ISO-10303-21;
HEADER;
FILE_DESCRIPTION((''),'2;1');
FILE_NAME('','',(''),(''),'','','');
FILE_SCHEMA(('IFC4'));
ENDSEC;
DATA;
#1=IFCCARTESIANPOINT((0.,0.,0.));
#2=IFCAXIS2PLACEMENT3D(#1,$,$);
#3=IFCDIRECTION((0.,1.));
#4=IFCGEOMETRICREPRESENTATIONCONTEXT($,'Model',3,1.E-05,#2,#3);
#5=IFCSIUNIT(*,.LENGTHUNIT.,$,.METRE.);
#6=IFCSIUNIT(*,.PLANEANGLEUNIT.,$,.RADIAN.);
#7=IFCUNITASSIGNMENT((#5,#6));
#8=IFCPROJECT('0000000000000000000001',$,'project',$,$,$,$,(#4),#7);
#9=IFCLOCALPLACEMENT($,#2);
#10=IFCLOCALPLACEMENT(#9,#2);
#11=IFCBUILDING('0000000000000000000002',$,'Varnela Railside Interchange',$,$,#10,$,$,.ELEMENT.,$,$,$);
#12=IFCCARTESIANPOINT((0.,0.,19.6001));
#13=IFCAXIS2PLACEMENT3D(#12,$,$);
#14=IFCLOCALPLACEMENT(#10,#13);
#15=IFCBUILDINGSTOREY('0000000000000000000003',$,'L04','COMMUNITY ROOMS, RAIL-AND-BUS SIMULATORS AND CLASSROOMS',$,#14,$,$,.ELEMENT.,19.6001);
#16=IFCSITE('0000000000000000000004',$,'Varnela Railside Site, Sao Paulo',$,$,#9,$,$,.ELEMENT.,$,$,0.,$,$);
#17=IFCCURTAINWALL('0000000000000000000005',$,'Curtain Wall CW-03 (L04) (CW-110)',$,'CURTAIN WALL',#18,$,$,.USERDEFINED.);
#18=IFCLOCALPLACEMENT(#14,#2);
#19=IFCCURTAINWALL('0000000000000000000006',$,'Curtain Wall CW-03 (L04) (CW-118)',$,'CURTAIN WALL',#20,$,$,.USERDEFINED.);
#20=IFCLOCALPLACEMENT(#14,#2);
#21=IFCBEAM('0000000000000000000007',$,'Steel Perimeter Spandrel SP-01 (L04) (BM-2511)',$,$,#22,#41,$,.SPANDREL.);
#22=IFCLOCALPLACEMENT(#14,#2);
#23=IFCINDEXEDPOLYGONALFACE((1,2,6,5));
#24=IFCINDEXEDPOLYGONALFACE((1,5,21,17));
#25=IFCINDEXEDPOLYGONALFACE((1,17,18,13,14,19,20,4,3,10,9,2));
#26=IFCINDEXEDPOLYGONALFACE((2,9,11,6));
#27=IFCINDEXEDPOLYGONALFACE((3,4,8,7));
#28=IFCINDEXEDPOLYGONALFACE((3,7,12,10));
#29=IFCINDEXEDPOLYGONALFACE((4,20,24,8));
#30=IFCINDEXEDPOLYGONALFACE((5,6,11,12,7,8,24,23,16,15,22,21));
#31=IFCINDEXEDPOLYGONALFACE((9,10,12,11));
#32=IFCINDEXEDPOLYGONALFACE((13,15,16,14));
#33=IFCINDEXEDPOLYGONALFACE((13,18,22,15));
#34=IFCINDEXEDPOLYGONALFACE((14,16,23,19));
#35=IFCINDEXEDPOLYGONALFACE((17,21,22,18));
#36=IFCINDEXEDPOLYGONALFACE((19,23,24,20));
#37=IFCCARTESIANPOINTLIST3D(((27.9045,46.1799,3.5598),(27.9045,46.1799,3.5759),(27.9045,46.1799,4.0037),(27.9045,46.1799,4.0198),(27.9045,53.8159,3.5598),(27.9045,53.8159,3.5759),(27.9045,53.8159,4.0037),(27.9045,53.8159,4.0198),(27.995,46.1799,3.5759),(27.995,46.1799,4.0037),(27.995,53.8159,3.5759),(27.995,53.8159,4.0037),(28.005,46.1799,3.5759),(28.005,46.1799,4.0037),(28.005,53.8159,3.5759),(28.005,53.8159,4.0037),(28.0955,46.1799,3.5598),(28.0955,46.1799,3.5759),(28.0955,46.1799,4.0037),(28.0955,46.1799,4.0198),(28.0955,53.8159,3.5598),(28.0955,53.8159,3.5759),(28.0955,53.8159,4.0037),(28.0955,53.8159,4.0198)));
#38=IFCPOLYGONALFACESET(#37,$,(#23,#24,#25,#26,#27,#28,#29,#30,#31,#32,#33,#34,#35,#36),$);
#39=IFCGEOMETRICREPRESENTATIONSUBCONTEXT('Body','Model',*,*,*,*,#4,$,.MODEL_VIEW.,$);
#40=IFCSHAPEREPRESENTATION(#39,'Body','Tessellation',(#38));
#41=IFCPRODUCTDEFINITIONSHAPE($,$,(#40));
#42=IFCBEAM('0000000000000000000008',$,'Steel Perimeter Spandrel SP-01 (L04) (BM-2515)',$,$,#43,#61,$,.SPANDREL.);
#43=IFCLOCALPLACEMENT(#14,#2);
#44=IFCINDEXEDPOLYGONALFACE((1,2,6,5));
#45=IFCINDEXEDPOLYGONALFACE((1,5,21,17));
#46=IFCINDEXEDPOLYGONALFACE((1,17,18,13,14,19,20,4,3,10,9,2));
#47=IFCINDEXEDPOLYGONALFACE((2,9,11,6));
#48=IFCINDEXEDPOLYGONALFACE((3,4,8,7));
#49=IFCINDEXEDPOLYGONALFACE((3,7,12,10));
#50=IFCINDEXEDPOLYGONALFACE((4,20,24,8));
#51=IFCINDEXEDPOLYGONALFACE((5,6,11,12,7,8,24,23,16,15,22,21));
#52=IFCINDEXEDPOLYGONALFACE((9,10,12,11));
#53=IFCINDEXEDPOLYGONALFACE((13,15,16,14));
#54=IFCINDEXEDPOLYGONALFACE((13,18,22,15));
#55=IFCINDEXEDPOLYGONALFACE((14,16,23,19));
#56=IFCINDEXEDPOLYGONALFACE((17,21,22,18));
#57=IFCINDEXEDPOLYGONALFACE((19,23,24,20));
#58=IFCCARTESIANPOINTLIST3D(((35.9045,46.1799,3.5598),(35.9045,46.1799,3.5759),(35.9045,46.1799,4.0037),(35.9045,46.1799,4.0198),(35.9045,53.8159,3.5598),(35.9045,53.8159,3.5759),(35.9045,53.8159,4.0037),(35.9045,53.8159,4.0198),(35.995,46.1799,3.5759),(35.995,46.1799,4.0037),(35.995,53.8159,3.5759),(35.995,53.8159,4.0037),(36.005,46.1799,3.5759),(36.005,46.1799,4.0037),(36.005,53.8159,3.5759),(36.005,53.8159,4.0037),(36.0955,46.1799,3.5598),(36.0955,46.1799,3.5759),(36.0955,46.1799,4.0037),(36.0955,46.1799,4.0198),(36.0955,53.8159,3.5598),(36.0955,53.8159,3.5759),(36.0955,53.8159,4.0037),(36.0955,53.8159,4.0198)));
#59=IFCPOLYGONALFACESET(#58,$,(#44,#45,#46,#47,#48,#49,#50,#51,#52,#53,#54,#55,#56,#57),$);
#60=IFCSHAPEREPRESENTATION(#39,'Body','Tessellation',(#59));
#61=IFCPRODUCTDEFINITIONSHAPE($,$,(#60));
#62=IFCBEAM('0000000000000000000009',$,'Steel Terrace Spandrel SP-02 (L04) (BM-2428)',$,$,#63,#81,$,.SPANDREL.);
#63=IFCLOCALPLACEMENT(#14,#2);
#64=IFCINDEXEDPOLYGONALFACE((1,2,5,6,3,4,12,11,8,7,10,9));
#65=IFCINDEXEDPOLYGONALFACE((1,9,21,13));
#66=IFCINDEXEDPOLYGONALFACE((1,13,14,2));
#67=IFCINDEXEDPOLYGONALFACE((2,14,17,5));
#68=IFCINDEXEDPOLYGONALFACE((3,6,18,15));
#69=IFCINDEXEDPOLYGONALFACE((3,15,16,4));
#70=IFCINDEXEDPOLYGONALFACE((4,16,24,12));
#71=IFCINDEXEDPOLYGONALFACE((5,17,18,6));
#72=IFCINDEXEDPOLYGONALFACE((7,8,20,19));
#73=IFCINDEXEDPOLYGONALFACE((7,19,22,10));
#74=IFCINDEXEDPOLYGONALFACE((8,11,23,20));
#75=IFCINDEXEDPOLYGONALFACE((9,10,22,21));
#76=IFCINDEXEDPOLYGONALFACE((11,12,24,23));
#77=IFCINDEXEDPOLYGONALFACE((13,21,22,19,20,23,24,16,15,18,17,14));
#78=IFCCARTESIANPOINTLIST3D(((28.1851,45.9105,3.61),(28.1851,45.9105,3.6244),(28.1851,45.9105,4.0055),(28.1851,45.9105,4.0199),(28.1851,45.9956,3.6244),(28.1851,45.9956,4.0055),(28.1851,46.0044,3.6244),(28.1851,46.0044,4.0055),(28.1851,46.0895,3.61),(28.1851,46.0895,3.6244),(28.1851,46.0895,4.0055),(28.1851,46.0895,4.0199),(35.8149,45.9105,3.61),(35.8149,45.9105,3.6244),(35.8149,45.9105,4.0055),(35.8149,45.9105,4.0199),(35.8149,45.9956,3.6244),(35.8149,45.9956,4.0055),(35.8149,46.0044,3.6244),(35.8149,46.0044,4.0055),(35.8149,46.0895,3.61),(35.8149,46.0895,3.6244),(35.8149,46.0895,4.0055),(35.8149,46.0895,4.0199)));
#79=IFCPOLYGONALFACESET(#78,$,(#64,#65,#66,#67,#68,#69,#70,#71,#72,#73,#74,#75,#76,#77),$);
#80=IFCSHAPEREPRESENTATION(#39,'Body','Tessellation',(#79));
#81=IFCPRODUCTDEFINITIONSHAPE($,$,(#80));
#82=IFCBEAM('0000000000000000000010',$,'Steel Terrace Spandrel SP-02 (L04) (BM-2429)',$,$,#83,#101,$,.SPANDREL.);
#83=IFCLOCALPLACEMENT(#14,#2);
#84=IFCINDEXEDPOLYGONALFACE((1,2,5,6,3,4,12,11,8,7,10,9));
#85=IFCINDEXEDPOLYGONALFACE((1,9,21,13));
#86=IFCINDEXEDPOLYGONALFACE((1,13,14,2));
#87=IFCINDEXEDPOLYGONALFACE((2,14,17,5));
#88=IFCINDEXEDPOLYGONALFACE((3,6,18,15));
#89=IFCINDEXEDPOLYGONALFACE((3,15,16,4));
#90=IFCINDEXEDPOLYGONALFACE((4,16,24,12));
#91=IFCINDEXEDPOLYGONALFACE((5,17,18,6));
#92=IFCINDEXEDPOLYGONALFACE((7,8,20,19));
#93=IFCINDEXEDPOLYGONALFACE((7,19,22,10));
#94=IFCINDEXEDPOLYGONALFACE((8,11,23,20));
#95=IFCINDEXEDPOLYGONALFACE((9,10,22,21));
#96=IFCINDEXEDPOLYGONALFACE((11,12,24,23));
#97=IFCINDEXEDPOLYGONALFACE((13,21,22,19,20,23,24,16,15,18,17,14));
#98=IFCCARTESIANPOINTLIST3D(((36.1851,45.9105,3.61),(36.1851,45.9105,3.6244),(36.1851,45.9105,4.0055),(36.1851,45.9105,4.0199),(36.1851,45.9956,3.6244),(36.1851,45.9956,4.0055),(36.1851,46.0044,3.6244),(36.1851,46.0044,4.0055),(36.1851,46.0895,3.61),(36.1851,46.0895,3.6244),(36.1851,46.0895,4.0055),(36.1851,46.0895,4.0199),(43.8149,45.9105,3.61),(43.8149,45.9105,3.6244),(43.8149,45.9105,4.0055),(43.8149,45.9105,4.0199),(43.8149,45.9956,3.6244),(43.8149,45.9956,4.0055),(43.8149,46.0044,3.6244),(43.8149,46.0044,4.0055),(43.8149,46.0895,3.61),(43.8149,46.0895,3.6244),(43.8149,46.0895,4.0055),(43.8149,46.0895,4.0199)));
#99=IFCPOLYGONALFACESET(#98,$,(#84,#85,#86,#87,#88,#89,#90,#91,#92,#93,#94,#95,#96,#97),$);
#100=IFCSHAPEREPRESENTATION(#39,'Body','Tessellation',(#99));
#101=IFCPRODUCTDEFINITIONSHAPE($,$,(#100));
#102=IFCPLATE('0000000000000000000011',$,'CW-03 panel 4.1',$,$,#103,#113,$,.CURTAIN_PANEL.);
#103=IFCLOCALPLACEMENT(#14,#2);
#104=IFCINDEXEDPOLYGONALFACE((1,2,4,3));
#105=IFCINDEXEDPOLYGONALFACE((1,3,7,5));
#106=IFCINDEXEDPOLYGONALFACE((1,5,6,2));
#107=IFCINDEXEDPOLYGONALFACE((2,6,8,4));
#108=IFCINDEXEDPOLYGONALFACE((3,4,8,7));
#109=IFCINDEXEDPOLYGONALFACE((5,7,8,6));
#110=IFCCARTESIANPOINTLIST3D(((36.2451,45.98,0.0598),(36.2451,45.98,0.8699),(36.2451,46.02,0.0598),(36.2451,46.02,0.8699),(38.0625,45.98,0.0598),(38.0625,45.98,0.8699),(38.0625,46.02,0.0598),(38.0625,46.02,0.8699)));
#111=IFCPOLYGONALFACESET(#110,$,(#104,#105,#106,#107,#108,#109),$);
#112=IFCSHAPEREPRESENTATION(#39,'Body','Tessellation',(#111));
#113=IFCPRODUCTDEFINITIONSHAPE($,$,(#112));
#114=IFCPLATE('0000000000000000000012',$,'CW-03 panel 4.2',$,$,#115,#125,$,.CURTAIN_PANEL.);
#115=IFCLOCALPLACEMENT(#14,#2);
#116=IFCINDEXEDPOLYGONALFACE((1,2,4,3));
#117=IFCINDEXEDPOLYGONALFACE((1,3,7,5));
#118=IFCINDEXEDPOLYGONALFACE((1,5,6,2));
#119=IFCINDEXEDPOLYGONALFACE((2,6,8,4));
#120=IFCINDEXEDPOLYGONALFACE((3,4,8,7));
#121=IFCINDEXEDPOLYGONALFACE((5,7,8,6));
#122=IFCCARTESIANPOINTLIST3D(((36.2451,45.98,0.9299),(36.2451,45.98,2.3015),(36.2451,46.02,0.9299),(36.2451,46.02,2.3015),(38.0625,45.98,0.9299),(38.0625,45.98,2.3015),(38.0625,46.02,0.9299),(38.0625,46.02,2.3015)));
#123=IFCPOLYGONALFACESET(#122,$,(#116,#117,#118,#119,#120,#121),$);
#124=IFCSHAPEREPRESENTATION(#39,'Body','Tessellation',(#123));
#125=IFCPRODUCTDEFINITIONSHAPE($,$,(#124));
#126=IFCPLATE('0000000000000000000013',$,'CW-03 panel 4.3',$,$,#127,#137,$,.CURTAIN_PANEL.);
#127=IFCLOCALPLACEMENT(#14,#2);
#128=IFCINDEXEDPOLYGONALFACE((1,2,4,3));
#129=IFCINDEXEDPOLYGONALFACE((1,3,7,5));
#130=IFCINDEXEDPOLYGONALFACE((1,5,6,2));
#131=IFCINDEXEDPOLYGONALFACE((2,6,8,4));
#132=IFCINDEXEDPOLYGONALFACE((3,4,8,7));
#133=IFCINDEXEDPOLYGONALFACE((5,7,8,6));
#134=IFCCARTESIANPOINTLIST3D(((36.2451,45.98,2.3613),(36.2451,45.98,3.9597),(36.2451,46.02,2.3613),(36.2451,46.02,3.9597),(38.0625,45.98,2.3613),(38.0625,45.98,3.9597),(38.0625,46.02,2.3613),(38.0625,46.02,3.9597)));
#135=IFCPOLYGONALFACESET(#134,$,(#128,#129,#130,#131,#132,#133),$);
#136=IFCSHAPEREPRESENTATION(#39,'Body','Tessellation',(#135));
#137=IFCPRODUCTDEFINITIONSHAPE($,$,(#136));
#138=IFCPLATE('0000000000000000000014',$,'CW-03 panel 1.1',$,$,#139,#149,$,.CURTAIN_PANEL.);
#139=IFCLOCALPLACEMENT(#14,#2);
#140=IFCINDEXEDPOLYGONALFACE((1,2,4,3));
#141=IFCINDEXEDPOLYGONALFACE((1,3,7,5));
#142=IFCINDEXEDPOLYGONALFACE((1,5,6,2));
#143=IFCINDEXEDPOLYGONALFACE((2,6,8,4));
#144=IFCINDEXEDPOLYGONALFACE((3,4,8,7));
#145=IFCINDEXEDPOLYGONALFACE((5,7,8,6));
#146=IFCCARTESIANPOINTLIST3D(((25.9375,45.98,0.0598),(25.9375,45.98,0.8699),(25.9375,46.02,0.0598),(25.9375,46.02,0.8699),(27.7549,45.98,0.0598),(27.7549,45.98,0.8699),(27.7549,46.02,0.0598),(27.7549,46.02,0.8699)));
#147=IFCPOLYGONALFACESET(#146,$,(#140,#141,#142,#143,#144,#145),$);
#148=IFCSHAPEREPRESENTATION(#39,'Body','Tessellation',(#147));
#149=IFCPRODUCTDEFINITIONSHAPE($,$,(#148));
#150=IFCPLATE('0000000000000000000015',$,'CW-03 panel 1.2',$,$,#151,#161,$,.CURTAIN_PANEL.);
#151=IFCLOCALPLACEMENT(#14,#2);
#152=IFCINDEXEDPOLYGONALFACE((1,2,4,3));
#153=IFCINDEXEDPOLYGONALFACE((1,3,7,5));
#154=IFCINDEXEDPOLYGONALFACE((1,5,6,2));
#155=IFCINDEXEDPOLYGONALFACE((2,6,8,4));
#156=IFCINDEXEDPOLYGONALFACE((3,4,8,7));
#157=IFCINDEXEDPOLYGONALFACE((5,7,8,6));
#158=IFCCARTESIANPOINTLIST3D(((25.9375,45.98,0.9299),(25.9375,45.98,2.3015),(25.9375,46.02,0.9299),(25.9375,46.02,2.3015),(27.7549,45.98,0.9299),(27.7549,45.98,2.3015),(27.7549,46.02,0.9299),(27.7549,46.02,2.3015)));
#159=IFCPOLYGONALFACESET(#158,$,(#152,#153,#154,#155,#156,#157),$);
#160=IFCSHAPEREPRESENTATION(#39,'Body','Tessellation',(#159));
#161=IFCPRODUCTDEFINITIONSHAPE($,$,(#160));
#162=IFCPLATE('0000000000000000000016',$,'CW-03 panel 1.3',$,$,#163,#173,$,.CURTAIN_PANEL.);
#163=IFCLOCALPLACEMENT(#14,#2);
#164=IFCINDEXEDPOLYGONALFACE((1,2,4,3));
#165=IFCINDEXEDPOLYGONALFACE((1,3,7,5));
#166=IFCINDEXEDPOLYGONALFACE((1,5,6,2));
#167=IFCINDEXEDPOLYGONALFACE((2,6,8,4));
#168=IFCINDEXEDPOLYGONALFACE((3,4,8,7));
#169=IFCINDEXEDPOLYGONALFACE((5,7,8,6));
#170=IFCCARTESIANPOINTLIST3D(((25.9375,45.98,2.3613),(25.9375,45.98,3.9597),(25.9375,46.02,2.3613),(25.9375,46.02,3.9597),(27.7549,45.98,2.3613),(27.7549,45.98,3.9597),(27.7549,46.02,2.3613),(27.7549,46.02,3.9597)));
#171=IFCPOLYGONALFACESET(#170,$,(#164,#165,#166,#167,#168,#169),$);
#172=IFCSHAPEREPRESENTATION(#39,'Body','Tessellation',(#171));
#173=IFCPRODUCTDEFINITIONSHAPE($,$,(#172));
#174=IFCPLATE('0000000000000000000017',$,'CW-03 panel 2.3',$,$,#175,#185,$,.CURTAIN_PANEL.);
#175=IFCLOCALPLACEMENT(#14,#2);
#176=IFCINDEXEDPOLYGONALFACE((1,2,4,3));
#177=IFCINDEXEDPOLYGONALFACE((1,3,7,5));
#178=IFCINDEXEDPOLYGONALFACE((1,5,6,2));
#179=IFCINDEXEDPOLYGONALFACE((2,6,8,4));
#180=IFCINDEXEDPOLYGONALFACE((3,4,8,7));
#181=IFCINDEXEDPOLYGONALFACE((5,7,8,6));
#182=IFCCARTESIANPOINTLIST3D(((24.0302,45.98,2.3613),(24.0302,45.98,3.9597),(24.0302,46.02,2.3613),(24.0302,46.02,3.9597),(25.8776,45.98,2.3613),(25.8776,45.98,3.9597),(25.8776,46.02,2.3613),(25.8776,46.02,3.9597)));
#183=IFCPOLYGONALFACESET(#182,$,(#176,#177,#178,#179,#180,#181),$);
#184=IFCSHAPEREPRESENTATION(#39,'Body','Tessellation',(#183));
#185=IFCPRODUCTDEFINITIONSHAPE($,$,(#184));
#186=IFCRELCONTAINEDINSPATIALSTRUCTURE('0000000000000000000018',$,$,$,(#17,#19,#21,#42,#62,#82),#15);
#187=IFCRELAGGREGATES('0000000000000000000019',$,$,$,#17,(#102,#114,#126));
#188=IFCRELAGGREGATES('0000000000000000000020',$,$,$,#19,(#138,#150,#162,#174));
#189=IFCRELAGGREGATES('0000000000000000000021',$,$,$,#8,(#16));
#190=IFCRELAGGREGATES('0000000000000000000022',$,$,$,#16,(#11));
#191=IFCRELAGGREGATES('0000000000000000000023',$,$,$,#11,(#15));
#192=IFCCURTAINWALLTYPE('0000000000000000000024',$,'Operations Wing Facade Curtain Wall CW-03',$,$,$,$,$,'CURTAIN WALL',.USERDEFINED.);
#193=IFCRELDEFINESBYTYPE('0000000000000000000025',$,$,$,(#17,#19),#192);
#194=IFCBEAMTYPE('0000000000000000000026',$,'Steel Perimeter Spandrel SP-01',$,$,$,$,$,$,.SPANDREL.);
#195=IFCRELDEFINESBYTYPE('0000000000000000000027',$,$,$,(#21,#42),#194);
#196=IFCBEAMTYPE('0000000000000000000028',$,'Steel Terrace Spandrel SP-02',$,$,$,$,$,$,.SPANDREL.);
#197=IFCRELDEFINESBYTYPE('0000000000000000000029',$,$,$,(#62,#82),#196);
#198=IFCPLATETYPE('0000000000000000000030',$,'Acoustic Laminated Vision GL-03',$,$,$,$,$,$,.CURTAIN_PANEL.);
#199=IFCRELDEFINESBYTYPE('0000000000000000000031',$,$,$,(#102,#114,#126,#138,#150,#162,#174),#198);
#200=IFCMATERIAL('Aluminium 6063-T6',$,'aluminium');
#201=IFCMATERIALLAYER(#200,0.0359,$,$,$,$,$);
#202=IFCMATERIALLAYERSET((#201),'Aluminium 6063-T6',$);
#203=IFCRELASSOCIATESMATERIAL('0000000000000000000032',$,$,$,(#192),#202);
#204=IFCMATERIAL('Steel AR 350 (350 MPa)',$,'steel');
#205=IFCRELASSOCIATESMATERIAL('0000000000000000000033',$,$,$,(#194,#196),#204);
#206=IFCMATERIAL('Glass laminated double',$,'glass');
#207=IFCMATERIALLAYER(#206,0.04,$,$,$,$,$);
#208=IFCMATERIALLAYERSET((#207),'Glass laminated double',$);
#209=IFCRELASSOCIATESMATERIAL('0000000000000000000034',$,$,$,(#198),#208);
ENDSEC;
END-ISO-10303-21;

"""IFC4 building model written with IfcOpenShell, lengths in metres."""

from ifc_helpers import new_model, si_unit, direction, frame, origin, origin_2d, place, context, subcontext, project, spatial, rectangle, i_section, extrude, material, layer, layer_set, material_profile, profile_set, type_object, element, aggregate, save


model = new_model("IFC4")

# Units and contexts
model_context = context("Model", 3, precision=1e-05, world=origin(), true_north=direction((0.0, 1.0)))
body_context = subcontext(model_context, "Body", "Model", "MODEL_VIEW")
ifc_project = project(units=[si_unit("LENGTHUNIT", "METRE"), si_unit("PLANEANGLEUNIT", "RADIAN")], contexts=[model_context])

# Site, building, storey
site_placement = place(None, origin())
site = spatial("IfcSite", under=ifc_project, at=site_placement, Name="Varnela Railside Site, Sao Paulo", CompositionType="ELEMENT", RefElevation=0.0)
building_placement = place(site_placement, origin())
building = spatial("IfcBuilding", under=site, at=building_placement, Name="Varnela Railside Interchange", CompositionType="ELEMENT")
storey_placement = place(building_placement, frame((0.0, 0.0, 19.6001)))
storey = spatial("IfcBuildingStorey", under=building, at=storey_placement, Name="L04", Description="COMMUNITY ROOMS, RAIL-AND-BUS SIMULATORS AND CLASSROOMS", CompositionType="ELEMENT", Elevation=19.6001)

# Shared definitions
ifc_material_1 = material(Name="Steel AR 350 (350 MPa)", Category="steel")

# Curtain walls
ifc_material_2 = material(Name="Aluminium 6063-T6", Category="aluminium")
ifc_layer_1 = layer(ifc_material_2, 0.0359)
ifc_layer_set_1 = layer_set([ifc_layer_1], Name="Aluminium 6063-T6")
curtain_wall_type = type_object("IfcCurtainWallType", Name="Operations Wing Facade Curtain Wall CW-03", ElementType="CURTAIN WALL", PredefinedType="USERDEFINED", material=ifc_layer_set_1)
curtain_wall_1_placement = place(storey_placement, origin())
curtain_wall_1 = element("IfcCurtainWall", 1, at=curtain_wall_1_placement, inside=storey, type_object=curtain_wall_type, Name="Curtain Wall CW-03 (L04) (CW-110)", ObjectType="CURTAIN WALL", PredefinedType="USERDEFINED")
curtain_wall_2_placement = place(storey_placement, origin())
curtain_wall_2 = element("IfcCurtainWall", 2, at=curtain_wall_2_placement, inside=storey, type_object=curtain_wall_type, Name="Curtain Wall CW-03 (L04) (CW-118)", ObjectType="CURTAIN WALL", PredefinedType="USERDEFINED")

# Beams
ifc_material_profile_1 = material_profile(ifc_material_1, i_section(OverallWidth=0.1909, OverallDepth=0.46, WebThickness=0.01, FlangeThickness=0.0161, at=origin_2d()), Name="W460x82")
ifc_profile_set_1 = profile_set([ifc_material_profile_1], Name="Steel AR 350 (350 MPa)")
beam_type_1 = type_object("IfcBeamType", Name="Steel Perimeter Spandrel SP-01", PredefinedType="SPANDREL", material=ifc_profile_set_1)
for number, where, z_axis, x_axis, name in (
    (3, (28.0, 46.1799, 3.7898), (0.0, 1.0, 0.0), (-1.0, 0.0, 0.0), "Steel Perimeter Spandrel SP-01 (L04) (BM-2511)"),
    (4, (36.0, 46.1799, 3.7898), (0.0, 1.0, 0.0), (-1.0, 0.0, 0.0), "Steel Perimeter Spandrel SP-01 (L04) (BM-2515)"),
):
    element("IfcBeam", number, at=place(storey_placement, frame(where, z_axis=z_axis, x_axis=x_axis)), inside=storey, type_object=beam_type_1, Name=name, PredefinedType="SPANDREL", context=body_context, shape_type="SweptSolid", body=[
        extrude(i_section(OverallWidth=0.1909, OverallDepth=0.46, WebThickness=0.01, FlangeThickness=0.0161, at=origin_2d()), origin(), (0.0, 0.0, 1.0), 7.636),
    ])
ifc_material_profile_2 = material_profile(ifc_material_1, i_section(OverallWidth=0.179, OverallDepth=0.4099, WebThickness=0.0088, FlangeThickness=0.0144, at=origin_2d()), Name="W410x67")
ifc_profile_set_2 = profile_set([ifc_material_profile_2], Name="Steel AR 350 (350 MPa)")
beam_type_2 = type_object("IfcBeamType", Name="Steel Terrace Spandrel SP-02", PredefinedType="SPANDREL", material=ifc_profile_set_2)
for number, where, z_axis, x_axis, name in (
    (5, (28.1851, 46.0, 3.8149), (1.0, 0.0, 0.0), (0.0, 1.0, 0.0), "Steel Terrace Spandrel SP-02 (L04) (BM-2428)"),
    (6, (36.1851, 46.0, 3.8149), (1.0, 0.0, 0.0), (0.0, 1.0, 0.0), "Steel Terrace Spandrel SP-02 (L04) (BM-2429)"),
):
    element("IfcBeam", number, at=place(storey_placement, frame(where, z_axis=z_axis, x_axis=x_axis)), inside=storey, type_object=beam_type_2, Name=name, PredefinedType="SPANDREL", context=body_context, shape_type="SweptSolid", body=[
        extrude(i_section(OverallWidth=0.179, OverallDepth=0.4099, WebThickness=0.0088, FlangeThickness=0.0144, at=origin_2d()), origin(), (0.0, 0.0, 1.0), 7.6299),
    ])

# Plates
ifc_material_3 = material(Name="Glass laminated double", Category="glass")
ifc_layer_2 = layer(ifc_material_3, 0.04)
ifc_layer_set_2 = layer_set([ifc_layer_2], Name="Glass laminated double")
plate_type = type_object("IfcPlateType", Name="Acoustic Laminated Vision GL-03", PredefinedType="CURTAIN_PANEL", material=ifc_layer_set_2)
plate_1_placement = place(storey_placement, frame((37.1538, 46.0, 0.0598), z_axis=(0.0, 0.0, 1.0), x_axis=(-1.0, 0.0, 0.0)))
plate_1 = element("IfcPlate", 7, at=plate_1_placement, type_object=plate_type, Name="CW-03 panel 4.1", PredefinedType="CURTAIN_PANEL", context=body_context, shape_type="SweptSolid", body=[
    extrude(rectangle(XDim=1.8174, YDim=0.04, at=origin_2d()), origin(), (0.0, 0.0, 1.0), 0.8101),
])
plate_2_placement = place(storey_placement, frame((37.1538, 46.0, 0.9299), z_axis=(0.0, 0.0, 1.0), x_axis=(-1.0, 0.0, 0.0)))
plate_2 = element("IfcPlate", 8, at=plate_2_placement, type_object=plate_type, Name="CW-03 panel 4.2", PredefinedType="CURTAIN_PANEL", context=body_context, shape_type="SweptSolid", body=[
    extrude(rectangle(XDim=1.8174, YDim=0.04, at=origin_2d()), origin(), (0.0, 0.0, 1.0), 1.3716),
])
plate_3_placement = place(storey_placement, frame((37.1538, 46.0, 2.3613), z_axis=(0.0, 0.0, 1.0), x_axis=(-1.0, 0.0, 0.0)))
plate_3 = element("IfcPlate", 9, at=plate_3_placement, type_object=plate_type, Name="CW-03 panel 4.3", PredefinedType="CURTAIN_PANEL", context=body_context, shape_type="SweptSolid", body=[
    extrude(rectangle(XDim=1.8174, YDim=0.04, at=origin_2d()), origin(), (0.0, 0.0, 1.0), 1.5984),
])
aggregate(curtain_wall_1, [plate_1, plate_2, plate_3])
plate_4_placement = place(storey_placement, frame((26.8462, 46.0, 0.0598), z_axis=(0.0, 0.0, 1.0), x_axis=(-1.0, 0.0, 0.0)))
plate_4 = element("IfcPlate", 10, at=plate_4_placement, type_object=plate_type, Name="CW-03 panel 1.1", PredefinedType="CURTAIN_PANEL", context=body_context, shape_type="SweptSolid", body=[
    extrude(rectangle(XDim=1.8174, YDim=0.04, at=origin_2d()), origin(), (0.0, 0.0, 1.0), 0.8101),
])
plate_5_placement = place(storey_placement, frame((26.8462, 46.0, 0.9299), z_axis=(0.0, 0.0, 1.0), x_axis=(-1.0, 0.0, 0.0)))
plate_5 = element("IfcPlate", 11, at=plate_5_placement, type_object=plate_type, Name="CW-03 panel 1.2", PredefinedType="CURTAIN_PANEL", context=body_context, shape_type="SweptSolid", body=[
    extrude(rectangle(XDim=1.8174, YDim=0.04, at=origin_2d()), origin(), (0.0, 0.0, 1.0), 1.3716),
])
plate_6_placement = place(storey_placement, frame((26.8462, 46.0, 2.3613), z_axis=(0.0, 0.0, 1.0), x_axis=(-1.0, 0.0, 0.0)))
plate_6 = element("IfcPlate", 12, at=plate_6_placement, type_object=plate_type, Name="CW-03 panel 1.3", PredefinedType="CURTAIN_PANEL", context=body_context, shape_type="SweptSolid", body=[
    extrude(rectangle(XDim=1.8174, YDim=0.04, at=origin_2d()), origin(), (0.0, 0.0, 1.0), 1.5984),
])
plate_7_placement = place(storey_placement, frame((24.9539, 46.0, 2.3613), z_axis=(0.0, 0.0, 1.0), x_axis=(-1.0, 0.0, 0.0)))
plate_7 = element("IfcPlate", 13, at=plate_7_placement, type_object=plate_type, Name="CW-03 panel 2.3", PredefinedType="CURTAIN_PANEL", context=body_context, shape_type="SweptSolid", body=[
    extrude(rectangle(XDim=1.8474, YDim=0.04, at=origin_2d()), origin(), (0.0, 0.0, 1.0), 1.5984),
])
aggregate(curtain_wall_2, [plate_4, plate_5, plate_6, plate_7])

save(model, "model.ifc")
